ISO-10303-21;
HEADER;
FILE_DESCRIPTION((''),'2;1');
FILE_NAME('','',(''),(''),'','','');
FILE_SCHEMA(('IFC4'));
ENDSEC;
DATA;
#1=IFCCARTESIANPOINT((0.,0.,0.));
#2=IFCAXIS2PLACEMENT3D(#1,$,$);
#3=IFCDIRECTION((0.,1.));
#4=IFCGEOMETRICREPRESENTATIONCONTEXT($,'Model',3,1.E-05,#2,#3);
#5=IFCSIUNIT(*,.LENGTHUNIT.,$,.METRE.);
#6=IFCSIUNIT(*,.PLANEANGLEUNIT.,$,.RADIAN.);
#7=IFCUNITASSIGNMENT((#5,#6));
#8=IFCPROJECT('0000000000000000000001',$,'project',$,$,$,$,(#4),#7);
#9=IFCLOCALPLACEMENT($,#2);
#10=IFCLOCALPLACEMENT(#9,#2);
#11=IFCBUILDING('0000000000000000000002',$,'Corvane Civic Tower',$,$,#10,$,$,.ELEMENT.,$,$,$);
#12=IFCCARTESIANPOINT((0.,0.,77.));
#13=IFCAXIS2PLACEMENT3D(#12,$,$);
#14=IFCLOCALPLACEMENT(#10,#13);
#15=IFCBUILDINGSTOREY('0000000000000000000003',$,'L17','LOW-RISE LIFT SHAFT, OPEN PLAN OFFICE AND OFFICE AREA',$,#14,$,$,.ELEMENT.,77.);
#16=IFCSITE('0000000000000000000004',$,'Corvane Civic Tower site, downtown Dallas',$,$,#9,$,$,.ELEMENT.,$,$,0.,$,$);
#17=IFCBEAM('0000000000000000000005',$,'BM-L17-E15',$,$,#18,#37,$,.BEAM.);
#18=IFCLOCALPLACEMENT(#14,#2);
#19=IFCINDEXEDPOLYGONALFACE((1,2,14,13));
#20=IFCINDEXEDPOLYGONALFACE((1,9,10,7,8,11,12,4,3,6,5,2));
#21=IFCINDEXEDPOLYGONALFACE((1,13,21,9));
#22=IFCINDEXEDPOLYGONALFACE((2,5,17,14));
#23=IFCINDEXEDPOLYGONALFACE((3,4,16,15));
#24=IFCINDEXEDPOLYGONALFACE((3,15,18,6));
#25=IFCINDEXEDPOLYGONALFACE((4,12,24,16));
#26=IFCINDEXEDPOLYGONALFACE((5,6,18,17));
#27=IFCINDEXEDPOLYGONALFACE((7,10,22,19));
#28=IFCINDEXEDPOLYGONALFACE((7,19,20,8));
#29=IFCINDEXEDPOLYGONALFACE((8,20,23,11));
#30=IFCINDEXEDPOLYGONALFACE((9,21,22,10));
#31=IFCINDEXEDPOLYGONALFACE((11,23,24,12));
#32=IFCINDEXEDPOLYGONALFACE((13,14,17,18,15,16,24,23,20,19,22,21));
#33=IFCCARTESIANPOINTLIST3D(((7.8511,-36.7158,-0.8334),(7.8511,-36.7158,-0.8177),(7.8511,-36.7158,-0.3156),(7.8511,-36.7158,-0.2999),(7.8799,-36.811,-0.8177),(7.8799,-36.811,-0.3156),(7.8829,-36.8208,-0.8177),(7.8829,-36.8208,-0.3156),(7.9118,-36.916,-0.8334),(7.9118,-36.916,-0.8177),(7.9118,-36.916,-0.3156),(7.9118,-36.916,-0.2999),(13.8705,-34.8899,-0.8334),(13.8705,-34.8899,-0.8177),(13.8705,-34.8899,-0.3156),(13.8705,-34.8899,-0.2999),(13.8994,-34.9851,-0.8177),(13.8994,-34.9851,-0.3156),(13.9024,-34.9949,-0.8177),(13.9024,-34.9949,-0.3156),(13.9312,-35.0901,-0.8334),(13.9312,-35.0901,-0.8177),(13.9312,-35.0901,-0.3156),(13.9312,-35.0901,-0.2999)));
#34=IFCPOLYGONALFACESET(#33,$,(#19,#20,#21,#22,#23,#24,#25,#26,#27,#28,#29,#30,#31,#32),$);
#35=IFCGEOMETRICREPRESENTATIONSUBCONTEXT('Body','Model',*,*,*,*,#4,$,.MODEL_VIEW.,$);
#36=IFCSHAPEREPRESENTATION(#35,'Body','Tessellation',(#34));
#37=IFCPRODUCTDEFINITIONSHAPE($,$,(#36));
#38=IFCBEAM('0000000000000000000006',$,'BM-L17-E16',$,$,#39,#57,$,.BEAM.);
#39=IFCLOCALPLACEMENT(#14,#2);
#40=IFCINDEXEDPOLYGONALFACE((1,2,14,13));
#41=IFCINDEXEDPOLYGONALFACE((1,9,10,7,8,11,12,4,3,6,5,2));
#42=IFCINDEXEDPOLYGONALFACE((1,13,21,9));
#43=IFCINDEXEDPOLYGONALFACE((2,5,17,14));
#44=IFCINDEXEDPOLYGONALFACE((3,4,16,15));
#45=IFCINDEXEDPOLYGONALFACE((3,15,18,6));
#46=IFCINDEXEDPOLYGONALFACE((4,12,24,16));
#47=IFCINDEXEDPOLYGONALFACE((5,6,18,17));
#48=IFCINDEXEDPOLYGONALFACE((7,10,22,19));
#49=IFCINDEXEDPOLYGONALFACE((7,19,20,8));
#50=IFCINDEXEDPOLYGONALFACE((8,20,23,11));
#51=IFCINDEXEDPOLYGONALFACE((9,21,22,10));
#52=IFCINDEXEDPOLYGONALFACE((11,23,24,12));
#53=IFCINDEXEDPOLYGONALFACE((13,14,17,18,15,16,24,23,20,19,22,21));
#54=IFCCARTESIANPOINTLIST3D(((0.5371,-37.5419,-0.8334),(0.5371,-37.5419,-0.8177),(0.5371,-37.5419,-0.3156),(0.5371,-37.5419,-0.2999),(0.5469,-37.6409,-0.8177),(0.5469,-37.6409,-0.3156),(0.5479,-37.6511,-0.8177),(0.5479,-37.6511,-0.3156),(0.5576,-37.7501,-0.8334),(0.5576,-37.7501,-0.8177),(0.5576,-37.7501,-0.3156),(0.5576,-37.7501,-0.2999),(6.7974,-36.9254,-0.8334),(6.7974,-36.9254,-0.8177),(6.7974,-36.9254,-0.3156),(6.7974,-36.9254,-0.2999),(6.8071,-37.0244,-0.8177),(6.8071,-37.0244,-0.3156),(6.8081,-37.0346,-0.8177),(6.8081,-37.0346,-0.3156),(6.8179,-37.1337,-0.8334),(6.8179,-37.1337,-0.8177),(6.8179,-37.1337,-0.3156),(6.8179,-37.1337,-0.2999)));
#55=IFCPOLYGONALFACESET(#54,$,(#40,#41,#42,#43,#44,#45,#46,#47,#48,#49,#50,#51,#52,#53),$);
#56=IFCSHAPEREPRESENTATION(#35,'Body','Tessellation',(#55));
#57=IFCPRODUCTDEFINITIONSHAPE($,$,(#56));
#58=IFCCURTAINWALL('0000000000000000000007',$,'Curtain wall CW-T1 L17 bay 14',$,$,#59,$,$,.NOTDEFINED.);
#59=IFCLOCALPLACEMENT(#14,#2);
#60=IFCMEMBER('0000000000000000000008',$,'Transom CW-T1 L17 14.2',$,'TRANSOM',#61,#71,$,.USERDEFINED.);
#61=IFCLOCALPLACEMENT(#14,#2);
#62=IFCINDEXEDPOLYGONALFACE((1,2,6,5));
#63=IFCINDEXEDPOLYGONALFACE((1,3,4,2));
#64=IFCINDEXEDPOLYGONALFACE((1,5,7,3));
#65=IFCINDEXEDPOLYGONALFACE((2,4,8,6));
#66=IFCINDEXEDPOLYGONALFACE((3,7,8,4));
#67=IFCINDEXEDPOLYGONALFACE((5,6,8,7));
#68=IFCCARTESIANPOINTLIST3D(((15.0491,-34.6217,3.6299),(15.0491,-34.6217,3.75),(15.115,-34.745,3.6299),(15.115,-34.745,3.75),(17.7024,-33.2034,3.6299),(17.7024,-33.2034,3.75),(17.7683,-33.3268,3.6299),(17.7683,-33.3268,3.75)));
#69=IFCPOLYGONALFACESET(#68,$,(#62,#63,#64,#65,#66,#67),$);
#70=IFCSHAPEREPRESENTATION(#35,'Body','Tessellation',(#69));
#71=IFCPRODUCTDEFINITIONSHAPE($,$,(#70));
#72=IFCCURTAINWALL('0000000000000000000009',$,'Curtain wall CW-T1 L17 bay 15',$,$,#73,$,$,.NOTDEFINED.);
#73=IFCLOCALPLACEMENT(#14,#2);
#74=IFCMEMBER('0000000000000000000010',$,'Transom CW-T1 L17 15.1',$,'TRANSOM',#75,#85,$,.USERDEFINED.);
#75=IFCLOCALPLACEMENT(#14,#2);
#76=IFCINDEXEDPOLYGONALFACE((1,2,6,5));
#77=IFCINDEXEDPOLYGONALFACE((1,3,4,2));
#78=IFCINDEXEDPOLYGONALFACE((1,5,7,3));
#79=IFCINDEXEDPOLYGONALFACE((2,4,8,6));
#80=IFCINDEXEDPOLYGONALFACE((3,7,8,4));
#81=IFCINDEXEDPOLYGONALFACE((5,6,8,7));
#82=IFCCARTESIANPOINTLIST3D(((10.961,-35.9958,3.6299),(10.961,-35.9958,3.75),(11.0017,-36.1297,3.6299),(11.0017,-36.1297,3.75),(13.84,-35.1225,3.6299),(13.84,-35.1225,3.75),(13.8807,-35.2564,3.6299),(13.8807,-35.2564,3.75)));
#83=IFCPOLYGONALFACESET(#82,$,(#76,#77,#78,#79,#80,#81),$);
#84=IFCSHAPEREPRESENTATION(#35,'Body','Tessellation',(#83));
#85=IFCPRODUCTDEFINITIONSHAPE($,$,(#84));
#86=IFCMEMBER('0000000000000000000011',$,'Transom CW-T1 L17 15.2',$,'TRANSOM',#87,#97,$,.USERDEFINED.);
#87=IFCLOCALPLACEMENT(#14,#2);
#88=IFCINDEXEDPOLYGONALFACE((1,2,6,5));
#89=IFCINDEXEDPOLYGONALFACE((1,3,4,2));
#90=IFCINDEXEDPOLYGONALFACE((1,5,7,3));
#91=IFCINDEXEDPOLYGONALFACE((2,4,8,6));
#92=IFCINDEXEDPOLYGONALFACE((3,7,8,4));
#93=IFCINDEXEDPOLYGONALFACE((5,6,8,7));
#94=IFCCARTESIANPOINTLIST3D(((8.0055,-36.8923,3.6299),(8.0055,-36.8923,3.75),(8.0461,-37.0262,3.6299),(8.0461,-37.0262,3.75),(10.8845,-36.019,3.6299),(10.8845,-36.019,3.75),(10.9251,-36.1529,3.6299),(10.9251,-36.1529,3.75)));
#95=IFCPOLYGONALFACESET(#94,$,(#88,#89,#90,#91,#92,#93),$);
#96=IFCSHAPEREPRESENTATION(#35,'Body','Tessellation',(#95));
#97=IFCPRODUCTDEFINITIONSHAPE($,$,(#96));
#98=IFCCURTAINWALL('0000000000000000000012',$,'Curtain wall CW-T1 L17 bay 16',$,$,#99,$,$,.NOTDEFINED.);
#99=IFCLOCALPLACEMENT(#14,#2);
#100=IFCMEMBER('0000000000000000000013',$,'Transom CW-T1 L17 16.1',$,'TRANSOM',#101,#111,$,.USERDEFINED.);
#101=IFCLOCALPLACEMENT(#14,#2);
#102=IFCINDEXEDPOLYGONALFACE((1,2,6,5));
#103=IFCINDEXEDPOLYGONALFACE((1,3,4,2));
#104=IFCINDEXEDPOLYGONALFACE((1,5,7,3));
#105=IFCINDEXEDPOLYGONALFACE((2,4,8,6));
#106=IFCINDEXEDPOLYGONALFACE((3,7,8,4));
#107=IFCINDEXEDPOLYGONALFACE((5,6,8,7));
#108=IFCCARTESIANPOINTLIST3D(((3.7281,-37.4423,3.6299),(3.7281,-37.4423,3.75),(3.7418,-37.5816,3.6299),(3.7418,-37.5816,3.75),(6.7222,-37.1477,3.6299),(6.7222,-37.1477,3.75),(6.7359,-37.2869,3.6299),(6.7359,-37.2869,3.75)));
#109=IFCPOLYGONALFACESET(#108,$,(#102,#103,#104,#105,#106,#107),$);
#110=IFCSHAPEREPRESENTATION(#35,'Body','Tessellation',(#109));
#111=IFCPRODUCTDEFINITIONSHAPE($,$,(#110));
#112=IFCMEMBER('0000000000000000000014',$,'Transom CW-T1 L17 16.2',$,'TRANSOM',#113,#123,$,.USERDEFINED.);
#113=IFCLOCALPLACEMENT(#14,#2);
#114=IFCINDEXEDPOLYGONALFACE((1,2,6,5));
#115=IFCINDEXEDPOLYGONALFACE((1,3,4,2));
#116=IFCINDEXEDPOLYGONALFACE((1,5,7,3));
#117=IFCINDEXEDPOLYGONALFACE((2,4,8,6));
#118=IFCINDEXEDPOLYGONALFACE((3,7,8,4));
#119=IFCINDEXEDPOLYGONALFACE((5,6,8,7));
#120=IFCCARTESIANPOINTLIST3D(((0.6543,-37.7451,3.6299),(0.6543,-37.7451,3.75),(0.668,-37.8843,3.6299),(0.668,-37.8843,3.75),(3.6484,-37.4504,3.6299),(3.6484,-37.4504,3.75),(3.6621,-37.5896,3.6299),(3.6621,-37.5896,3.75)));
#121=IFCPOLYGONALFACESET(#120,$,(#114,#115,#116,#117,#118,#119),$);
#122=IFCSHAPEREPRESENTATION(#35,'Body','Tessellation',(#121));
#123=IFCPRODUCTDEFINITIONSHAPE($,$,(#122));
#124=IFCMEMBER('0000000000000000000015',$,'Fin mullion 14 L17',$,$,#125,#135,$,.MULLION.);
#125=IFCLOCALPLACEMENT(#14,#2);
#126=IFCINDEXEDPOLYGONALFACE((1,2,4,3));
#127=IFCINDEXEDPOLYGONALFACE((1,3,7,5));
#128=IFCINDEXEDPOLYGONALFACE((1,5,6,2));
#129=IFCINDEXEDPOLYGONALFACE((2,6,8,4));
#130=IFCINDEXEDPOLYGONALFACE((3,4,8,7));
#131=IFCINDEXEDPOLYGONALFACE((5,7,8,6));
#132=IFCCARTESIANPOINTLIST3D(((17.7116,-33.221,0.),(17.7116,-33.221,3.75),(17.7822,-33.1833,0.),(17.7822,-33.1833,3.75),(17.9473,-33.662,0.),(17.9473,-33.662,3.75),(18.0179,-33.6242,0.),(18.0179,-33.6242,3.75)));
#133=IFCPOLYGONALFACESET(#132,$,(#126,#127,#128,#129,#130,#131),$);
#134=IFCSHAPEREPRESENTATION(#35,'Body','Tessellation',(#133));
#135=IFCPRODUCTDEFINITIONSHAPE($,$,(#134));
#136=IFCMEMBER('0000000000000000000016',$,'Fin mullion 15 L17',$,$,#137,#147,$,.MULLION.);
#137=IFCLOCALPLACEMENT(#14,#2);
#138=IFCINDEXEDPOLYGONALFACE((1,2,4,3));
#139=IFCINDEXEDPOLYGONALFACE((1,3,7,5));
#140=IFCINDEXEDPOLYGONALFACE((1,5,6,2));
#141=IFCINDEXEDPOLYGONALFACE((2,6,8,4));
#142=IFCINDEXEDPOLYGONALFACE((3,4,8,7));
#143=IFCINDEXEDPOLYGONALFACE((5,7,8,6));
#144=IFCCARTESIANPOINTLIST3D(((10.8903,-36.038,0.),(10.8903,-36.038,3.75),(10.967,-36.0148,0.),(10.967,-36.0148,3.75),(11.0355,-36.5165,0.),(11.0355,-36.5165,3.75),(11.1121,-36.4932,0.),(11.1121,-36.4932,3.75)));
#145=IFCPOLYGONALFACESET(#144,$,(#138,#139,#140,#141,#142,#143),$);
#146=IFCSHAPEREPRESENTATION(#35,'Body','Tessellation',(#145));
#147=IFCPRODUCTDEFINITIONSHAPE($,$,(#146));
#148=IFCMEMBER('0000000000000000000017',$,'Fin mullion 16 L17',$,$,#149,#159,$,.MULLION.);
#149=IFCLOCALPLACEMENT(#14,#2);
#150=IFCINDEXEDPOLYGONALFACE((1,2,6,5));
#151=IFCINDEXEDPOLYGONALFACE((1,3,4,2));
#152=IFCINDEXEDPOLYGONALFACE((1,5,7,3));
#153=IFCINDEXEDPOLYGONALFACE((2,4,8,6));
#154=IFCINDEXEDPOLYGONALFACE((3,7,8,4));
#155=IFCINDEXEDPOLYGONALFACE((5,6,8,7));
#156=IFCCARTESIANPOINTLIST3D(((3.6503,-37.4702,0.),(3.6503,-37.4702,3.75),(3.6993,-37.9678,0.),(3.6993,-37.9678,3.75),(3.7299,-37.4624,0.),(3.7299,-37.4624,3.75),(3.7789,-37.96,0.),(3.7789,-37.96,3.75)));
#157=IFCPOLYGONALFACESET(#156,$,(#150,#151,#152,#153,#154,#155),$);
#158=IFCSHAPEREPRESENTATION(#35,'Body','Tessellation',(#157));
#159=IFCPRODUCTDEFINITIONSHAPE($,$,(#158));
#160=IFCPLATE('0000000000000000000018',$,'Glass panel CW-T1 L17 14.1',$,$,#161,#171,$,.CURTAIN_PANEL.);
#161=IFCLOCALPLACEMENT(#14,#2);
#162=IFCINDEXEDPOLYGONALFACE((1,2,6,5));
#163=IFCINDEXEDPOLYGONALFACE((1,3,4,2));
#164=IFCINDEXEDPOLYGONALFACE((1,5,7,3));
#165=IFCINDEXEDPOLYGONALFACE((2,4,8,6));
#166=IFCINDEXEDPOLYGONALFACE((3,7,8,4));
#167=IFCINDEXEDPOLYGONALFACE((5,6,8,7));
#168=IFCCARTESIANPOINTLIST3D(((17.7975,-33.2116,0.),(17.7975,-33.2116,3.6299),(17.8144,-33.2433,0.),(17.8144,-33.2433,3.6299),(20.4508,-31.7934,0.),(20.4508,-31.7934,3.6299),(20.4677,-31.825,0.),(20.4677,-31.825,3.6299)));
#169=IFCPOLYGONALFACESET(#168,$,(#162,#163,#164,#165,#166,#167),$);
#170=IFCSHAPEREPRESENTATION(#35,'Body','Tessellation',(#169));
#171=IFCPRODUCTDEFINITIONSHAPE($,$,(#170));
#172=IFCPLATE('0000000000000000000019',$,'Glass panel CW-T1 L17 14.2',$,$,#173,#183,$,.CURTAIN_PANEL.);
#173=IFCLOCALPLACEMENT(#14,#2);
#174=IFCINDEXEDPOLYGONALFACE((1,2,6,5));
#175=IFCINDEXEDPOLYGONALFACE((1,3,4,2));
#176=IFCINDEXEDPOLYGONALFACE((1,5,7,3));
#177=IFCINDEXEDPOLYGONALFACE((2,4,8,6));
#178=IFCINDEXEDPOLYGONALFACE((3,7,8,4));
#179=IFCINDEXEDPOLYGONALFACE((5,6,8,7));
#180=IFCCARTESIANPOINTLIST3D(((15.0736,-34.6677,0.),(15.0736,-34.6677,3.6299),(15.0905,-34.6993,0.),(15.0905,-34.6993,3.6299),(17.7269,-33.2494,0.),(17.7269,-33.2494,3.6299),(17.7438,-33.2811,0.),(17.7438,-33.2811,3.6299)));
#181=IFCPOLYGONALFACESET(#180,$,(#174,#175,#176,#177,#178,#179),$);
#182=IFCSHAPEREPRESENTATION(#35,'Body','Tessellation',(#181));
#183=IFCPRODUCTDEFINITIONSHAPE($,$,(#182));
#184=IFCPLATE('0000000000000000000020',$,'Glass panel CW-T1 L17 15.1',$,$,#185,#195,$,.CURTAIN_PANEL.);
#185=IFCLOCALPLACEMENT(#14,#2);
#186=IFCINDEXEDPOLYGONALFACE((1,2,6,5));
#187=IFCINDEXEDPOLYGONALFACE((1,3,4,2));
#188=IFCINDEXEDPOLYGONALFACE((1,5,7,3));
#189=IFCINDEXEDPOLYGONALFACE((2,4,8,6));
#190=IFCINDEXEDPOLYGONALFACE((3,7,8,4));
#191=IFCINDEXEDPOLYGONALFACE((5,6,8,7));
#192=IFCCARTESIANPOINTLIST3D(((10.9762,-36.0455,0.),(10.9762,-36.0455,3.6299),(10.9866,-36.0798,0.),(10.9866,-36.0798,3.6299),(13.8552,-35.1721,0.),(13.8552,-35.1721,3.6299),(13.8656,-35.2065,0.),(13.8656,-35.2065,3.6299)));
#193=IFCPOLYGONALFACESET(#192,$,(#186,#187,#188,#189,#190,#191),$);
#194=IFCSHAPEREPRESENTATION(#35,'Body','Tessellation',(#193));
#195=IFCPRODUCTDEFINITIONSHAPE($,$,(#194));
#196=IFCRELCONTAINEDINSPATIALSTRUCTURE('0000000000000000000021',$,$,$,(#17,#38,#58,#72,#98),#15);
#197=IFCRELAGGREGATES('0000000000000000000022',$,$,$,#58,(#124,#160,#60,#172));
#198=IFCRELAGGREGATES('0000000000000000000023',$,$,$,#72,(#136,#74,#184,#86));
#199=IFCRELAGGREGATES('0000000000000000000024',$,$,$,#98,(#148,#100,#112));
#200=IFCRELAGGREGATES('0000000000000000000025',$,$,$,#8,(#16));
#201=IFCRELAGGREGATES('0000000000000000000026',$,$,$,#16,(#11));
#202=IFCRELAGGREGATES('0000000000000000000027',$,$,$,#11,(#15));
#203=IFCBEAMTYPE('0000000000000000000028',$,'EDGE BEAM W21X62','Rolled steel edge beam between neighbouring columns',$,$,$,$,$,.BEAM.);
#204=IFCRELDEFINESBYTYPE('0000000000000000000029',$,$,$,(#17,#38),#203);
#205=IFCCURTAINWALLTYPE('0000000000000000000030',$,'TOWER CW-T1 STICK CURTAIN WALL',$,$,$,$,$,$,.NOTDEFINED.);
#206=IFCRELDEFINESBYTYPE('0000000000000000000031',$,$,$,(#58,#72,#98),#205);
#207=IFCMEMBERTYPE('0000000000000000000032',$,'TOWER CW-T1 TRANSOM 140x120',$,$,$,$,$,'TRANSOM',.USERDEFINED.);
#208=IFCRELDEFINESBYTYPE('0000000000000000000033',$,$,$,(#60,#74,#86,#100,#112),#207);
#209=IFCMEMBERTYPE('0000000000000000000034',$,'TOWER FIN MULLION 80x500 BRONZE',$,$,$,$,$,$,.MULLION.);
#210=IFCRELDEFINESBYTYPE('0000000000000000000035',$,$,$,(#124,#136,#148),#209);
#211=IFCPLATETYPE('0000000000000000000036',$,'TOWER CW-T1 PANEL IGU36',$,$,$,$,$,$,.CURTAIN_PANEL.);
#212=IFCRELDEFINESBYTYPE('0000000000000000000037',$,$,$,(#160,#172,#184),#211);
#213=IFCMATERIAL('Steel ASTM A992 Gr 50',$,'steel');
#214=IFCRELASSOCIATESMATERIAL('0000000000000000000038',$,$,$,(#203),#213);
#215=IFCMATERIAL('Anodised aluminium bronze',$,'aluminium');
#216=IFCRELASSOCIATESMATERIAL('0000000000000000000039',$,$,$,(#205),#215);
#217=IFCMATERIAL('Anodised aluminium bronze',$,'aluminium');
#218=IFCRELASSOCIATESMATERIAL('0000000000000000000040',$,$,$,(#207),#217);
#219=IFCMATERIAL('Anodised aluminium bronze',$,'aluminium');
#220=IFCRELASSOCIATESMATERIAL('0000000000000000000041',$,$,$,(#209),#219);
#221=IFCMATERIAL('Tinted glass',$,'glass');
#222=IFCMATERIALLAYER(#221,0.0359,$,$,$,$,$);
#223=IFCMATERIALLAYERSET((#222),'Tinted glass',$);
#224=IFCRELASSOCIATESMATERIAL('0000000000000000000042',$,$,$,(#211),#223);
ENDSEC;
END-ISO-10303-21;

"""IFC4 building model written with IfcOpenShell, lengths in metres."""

from ifc_helpers import new_model, si_unit, direction, frame, origin, origin_2d, place, context, subcontext, project, spatial, rectangle, i_section, extrude, material, layer, layer_set, material_profile, profile_set, type_object, element, aggregate, save


model = new_model("IFC4")

# Units and contexts
model_context = context("Model", 3, precision=1e-05, world=origin(), true_north=direction((0.0, 1.0)))
body_context = subcontext(model_context, "Body", "Model", "MODEL_VIEW")
ifc_project = project(units=[si_unit("LENGTHUNIT", "METRE"), si_unit("PLANEANGLEUNIT", "RADIAN")], contexts=[model_context])

# Site, building, storey
site_placement = place(None, origin())
site = spatial("IfcSite", under=ifc_project, at=site_placement, Name="Corvane Civic Tower site, downtown Dallas", CompositionType="ELEMENT", RefElevation=0.0)
building_placement = place(site_placement, origin())
building = spatial("IfcBuilding", under=site, at=building_placement, Name="Corvane Civic Tower", CompositionType="ELEMENT")
storey_placement = place(building_placement, frame((0.0, 0.0, 77.0)))
storey = spatial("IfcBuildingStorey", under=building, at=storey_placement, Name="L17", Description="LOW-RISE LIFT SHAFT, OPEN PLAN OFFICE AND OFFICE AREA", CompositionType="ELEMENT", Elevation=77.0)

# Beams
ifc_material_1 = material(Name="Steel ASTM A992 Gr 50", Category="steel")
ifc_material_profile_1 = material_profile(ifc_material_1, i_section(OverallWidth=0.2092, OverallDepth=0.5334, WebThickness=0.0103, FlangeThickness=0.0156, at=origin_2d()), Name="W21X62")
ifc_profile_set_1 = profile_set([ifc_material_profile_1], Name="Steel ASTM A992 Gr 50")
beam_type = type_object("IfcBeamType", Name="EDGE BEAM W21X62", Description="Rolled steel edge beam between neighbouring columns", PredefinedType="BEAM", material=ifc_profile_set_1)
beam_1_placement = place(storey_placement, frame((13.9009, -34.99, -0.5667), z_axis=(-0.956944, -0.290273, 0.0), x_axis=(0.290273, -0.956944, 0.0)))
element("IfcBeam", 1, at=beam_1_placement, inside=storey, type_object=beam_type, Name="BM-L17-E15", PredefinedType="BEAM", context=body_context, shape_type="SweptSolid", body=[
    extrude(i_section(OverallWidth=0.2092, OverallDepth=0.5334, WebThickness=0.0103, FlangeThickness=0.0156, at=origin_2d()), origin(), (0.0, 0.0, 1.0), 6.2903),
])
beam_2_placement = place(storey_placement, frame((6.8076, -37.0295, -0.5667), z_axis=(-0.995187, -0.097997, 0.0), x_axis=(0.097997, -0.995187, 0.0)))
element("IfcBeam", 2, at=beam_2_placement, inside=storey, type_object=beam_type, Name="BM-L17-E16", PredefinedType="BEAM", context=body_context, shape_type="SweptSolid", body=[
    extrude(i_section(OverallWidth=0.2092, OverallDepth=0.5334, WebThickness=0.0103, FlangeThickness=0.0156, at=origin_2d()), origin(), (0.0, 0.0, 1.0), 6.2905),
])

# Curtain wall, member
ifc_material_2 = material(Name="Anodised aluminium bronze", Category="aluminium")
curtain_wall_type = type_object("IfcCurtainWallType", Name="TOWER CW-T1 STICK CURTAIN WALL", PredefinedType="NOTDEFINED", material=ifc_material_2)
curtain_wall_1_placement = place(storey_placement, origin())
curtain_wall_1 = element("IfcCurtainWall", 3, at=curtain_wall_1_placement, inside=storey, type_object=curtain_wall_type, Name="Curtain wall CW-T1 L17 bay 14", PredefinedType="NOTDEFINED")
ifc_material_3 = material(Name="Anodised aluminium bronze", Category="aluminium")
ifc_material_profile_2 = material_profile(ifc_material_3, rectangle(XDim=0.1399, YDim=0.1201, at=origin_2d()), Name="TOWER CW-T1 TRANSOM 140x120")
ifc_profile_set_2 = profile_set([ifc_material_profile_2], Name="Anodised aluminium bronze")
member_type_1 = type_object("IfcMemberType", Name="TOWER CW-T1 TRANSOM 140x120", ElementType="TRANSOM", PredefinedType="USERDEFINED", material=ifc_profile_set_2)
member_1_placement = place(storey_placement, frame((17.7354, -33.2651, 3.6899), z_axis=(-0.881924, -0.471393, 0.0), x_axis=(0.471393, -0.881924, 0.0)))
member_1 = element("IfcMember", 4, at=member_1_placement, type_object=member_type_1, Name="Transom CW-T1 L17 14.2", ObjectType="TRANSOM", PredefinedType="USERDEFINED", context=body_context, shape_type="SweptSolid", body=[
    extrude(rectangle(XDim=0.1399, YDim=0.1201, at=origin_2d()), origin(), (0.0, 0.0, 1.0), 3.0085),
])

# Curtain walls, members
curtain_wall_2_placement = place(storey_placement, origin())
curtain_wall_2 = element("IfcCurtainWall", 5, at=curtain_wall_2_placement, inside=storey, type_object=curtain_wall_type, Name="Curtain wall CW-T1 L17 bay 15", PredefinedType="NOTDEFINED")
member_2_placement = place(storey_placement, frame((13.8604, -35.1895, 3.6899), z_axis=(-0.956942, -0.29028, 0.0), x_axis=(0.29028, -0.956942, 0.0)))
member_2 = element("IfcMember", 6, at=member_2_placement, type_object=member_type_1, Name="Transom CW-T1 L17 15.1", ObjectType="TRANSOM", PredefinedType="USERDEFINED", context=body_context, shape_type="SweptSolid", body=[
    extrude(rectangle(XDim=0.1399, YDim=0.1201, at=origin_2d()), origin(), (0.0, 0.0, 1.0), 3.0085),
])
member_3_placement = place(storey_placement, frame((10.9048, -36.0859, 3.6899), z_axis=(-0.956942, -0.29028, 0.0), x_axis=(0.29028, -0.956942, 0.0)))
member_3 = element("IfcMember", 7, at=member_3_placement, type_object=member_type_1, Name="Transom CW-T1 L17 15.2", ObjectType="TRANSOM", PredefinedType="USERDEFINED", context=body_context, shape_type="SweptSolid", body=[
    extrude(rectangle(XDim=0.1399, YDim=0.1201, at=origin_2d()), origin(), (0.0, 0.0, 1.0), 3.0085),
])
curtain_wall_3_placement = place(storey_placement, origin())
curtain_wall_3 = element("IfcCurtainWall", 8, at=curtain_wall_3_placement, inside=storey, type_object=curtain_wall_type, Name="Curtain wall CW-T1 L17 bay 16", PredefinedType="NOTDEFINED")
member_4_placement = place(storey_placement, frame((6.729, -37.2173, 3.6899), z_axis=(-0.995192, -0.097945, 0.0), x_axis=(0.097945, -0.995192, 0.0)))
member_4 = element("IfcMember", 9, at=member_4_placement, type_object=member_type_1, Name="Transom CW-T1 L17 16.1", ObjectType="TRANSOM", PredefinedType="USERDEFINED", context=body_context, shape_type="SweptSolid", body=[
    extrude(rectangle(XDim=0.1399, YDim=0.1201, at=origin_2d()), origin(), (0.0, 0.0, 1.0), 3.0085),
])
member_5_placement = place(storey_placement, frame((3.6553, -37.52, 3.6899), z_axis=(-0.995192, -0.097945, 0.0), x_axis=(0.097945, -0.995192, 0.0)))
member_5 = element("IfcMember", 10, at=member_5_placement, type_object=member_type_1, Name="Transom CW-T1 L17 16.2", ObjectType="TRANSOM", PredefinedType="USERDEFINED", context=body_context, shape_type="SweptSolid", body=[
    extrude(rectangle(XDim=0.1399, YDim=0.1201, at=origin_2d()), origin(), (0.0, 0.0, 1.0), 3.0085),
])

# Members
ifc_material_4 = material(Name="Anodised aluminium bronze", Category="aluminium")
ifc_material_profile_3 = material_profile(ifc_material_4, rectangle(XDim=0.0801, YDim=0.5, at=origin_2d()), Name="TOWER FIN MULLION 80x500 BRONZE")
ifc_profile_set_3 = profile_set([ifc_material_profile_3], Name="Anodised aluminium bronze")
member_type_2 = type_object("IfcMemberType", Name="TOWER FIN MULLION 80x500 BRONZE", PredefinedType="MULLION", material=ifc_profile_set_3)
member_6_placement = place(storey_placement, frame((17.8647, -33.4226, 0.0), z_axis=(0.0, 0.0, 1.0), x_axis=(-0.881918, -0.471404, 0.0)))
member_6 = element("IfcMember", 11, at=member_6_placement, type_object=member_type_2, Name="Fin mullion 14 L17", PredefinedType="MULLION", context=body_context, shape_type="SweptSolid", body=[
    extrude(rectangle(XDim=0.0801, YDim=0.5, at=origin_2d()), origin(), (0.0, 0.0, 1.0), 3.75),
])
member_7_placement = place(storey_placement, frame((11.0012, -36.2656, 0.0), z_axis=(0.0, 0.0, 1.0), x_axis=(-0.956942, -0.290278, 0.0)))
member_7 = element("IfcMember", 12, at=member_7_placement, type_object=member_type_2, Name="Fin mullion 15 L17", PredefinedType="MULLION", context=body_context, shape_type="SweptSolid", body=[
    extrude(rectangle(XDim=0.0801, YDim=0.5, at=origin_2d()), origin(), (0.0, 0.0, 1.0), 3.75),
])
member_8_placement = place(storey_placement, frame((3.7146, -37.7151, 0.0), z_axis=(0.0, 0.0, 1.0), x_axis=(-0.995186, -0.098006, 0.0)))
member_8 = element("IfcMember", 13, at=member_8_placement, type_object=member_type_2, Name="Fin mullion 16 L17", PredefinedType="MULLION", context=body_context, shape_type="SweptSolid", body=[
    extrude(rectangle(XDim=0.0801, YDim=0.5, at=origin_2d()), origin(), (0.0, 0.0, 1.0), 3.75),
])

# Plates
ifc_material_5 = material(Name="Tinted glass", Category="glass")
ifc_layer_1 = layer(ifc_material_5, 0.0359)
ifc_layer_set_1 = layer_set([ifc_layer_1], Name="Tinted glass")
plate_type = type_object("IfcPlateType", Name="TOWER CW-T1 PANEL IGU36", PredefinedType="CURTAIN_PANEL", material=ifc_layer_set_1)
plate_1_placement = place(storey_placement, frame((19.1326, -32.5183, 0.0), z_axis=(0.0, 0.0, 1.0), x_axis=(-0.881918, -0.471404, 0.0)))
plate_1 = element("IfcPlate", 14, at=plate_1_placement, type_object=plate_type, Name="Glass panel CW-T1 L17 14.1", PredefinedType="CURTAIN_PANEL", context=body_context, shape_type="SweptSolid", body=[
    extrude(rectangle(XDim=3.0085, YDim=0.0359, at=origin_2d()), origin(), (0.0, 0.0, 1.0), 3.6299),
])
plate_2_placement = place(storey_placement, frame((16.4087, -33.9744, 0.0), z_axis=(0.0, 0.0, 1.0), x_axis=(-0.881918, -0.471404, 0.0)))
plate_2 = element("IfcPlate", 15, at=plate_2_placement, type_object=plate_type, Name="Glass panel CW-T1 L17 14.2", PredefinedType="CURTAIN_PANEL", context=body_context, shape_type="SweptSolid", body=[
    extrude(rectangle(XDim=3.0085, YDim=0.0359, at=origin_2d()), origin(), (0.0, 0.0, 1.0), 3.6299),
])
aggregate(curtain_wall_1, [member_6, plate_1, member_1, plate_2])
plate_3_placement = place(storey_placement, frame((12.4209, -35.626, 0.0), z_axis=(0.0, 0.0, 1.0), x_axis=(-0.956942, -0.290278, 0.0)))
plate_3 = element("IfcPlate", 16, at=plate_3_placement, type_object=plate_type, Name="Glass panel CW-T1 L17 15.1", PredefinedType="CURTAIN_PANEL", context=body_context, shape_type="SweptSolid", body=[
    extrude(rectangle(XDim=3.0085, YDim=0.0359, at=origin_2d()), origin(), (0.0, 0.0, 1.0), 3.6299),
])
aggregate(curtain_wall_2, [member_7, member_2, plate_3, member_3])
aggregate(curtain_wall_3, [member_8, member_4, member_5])

save(model, "model.ifc")
